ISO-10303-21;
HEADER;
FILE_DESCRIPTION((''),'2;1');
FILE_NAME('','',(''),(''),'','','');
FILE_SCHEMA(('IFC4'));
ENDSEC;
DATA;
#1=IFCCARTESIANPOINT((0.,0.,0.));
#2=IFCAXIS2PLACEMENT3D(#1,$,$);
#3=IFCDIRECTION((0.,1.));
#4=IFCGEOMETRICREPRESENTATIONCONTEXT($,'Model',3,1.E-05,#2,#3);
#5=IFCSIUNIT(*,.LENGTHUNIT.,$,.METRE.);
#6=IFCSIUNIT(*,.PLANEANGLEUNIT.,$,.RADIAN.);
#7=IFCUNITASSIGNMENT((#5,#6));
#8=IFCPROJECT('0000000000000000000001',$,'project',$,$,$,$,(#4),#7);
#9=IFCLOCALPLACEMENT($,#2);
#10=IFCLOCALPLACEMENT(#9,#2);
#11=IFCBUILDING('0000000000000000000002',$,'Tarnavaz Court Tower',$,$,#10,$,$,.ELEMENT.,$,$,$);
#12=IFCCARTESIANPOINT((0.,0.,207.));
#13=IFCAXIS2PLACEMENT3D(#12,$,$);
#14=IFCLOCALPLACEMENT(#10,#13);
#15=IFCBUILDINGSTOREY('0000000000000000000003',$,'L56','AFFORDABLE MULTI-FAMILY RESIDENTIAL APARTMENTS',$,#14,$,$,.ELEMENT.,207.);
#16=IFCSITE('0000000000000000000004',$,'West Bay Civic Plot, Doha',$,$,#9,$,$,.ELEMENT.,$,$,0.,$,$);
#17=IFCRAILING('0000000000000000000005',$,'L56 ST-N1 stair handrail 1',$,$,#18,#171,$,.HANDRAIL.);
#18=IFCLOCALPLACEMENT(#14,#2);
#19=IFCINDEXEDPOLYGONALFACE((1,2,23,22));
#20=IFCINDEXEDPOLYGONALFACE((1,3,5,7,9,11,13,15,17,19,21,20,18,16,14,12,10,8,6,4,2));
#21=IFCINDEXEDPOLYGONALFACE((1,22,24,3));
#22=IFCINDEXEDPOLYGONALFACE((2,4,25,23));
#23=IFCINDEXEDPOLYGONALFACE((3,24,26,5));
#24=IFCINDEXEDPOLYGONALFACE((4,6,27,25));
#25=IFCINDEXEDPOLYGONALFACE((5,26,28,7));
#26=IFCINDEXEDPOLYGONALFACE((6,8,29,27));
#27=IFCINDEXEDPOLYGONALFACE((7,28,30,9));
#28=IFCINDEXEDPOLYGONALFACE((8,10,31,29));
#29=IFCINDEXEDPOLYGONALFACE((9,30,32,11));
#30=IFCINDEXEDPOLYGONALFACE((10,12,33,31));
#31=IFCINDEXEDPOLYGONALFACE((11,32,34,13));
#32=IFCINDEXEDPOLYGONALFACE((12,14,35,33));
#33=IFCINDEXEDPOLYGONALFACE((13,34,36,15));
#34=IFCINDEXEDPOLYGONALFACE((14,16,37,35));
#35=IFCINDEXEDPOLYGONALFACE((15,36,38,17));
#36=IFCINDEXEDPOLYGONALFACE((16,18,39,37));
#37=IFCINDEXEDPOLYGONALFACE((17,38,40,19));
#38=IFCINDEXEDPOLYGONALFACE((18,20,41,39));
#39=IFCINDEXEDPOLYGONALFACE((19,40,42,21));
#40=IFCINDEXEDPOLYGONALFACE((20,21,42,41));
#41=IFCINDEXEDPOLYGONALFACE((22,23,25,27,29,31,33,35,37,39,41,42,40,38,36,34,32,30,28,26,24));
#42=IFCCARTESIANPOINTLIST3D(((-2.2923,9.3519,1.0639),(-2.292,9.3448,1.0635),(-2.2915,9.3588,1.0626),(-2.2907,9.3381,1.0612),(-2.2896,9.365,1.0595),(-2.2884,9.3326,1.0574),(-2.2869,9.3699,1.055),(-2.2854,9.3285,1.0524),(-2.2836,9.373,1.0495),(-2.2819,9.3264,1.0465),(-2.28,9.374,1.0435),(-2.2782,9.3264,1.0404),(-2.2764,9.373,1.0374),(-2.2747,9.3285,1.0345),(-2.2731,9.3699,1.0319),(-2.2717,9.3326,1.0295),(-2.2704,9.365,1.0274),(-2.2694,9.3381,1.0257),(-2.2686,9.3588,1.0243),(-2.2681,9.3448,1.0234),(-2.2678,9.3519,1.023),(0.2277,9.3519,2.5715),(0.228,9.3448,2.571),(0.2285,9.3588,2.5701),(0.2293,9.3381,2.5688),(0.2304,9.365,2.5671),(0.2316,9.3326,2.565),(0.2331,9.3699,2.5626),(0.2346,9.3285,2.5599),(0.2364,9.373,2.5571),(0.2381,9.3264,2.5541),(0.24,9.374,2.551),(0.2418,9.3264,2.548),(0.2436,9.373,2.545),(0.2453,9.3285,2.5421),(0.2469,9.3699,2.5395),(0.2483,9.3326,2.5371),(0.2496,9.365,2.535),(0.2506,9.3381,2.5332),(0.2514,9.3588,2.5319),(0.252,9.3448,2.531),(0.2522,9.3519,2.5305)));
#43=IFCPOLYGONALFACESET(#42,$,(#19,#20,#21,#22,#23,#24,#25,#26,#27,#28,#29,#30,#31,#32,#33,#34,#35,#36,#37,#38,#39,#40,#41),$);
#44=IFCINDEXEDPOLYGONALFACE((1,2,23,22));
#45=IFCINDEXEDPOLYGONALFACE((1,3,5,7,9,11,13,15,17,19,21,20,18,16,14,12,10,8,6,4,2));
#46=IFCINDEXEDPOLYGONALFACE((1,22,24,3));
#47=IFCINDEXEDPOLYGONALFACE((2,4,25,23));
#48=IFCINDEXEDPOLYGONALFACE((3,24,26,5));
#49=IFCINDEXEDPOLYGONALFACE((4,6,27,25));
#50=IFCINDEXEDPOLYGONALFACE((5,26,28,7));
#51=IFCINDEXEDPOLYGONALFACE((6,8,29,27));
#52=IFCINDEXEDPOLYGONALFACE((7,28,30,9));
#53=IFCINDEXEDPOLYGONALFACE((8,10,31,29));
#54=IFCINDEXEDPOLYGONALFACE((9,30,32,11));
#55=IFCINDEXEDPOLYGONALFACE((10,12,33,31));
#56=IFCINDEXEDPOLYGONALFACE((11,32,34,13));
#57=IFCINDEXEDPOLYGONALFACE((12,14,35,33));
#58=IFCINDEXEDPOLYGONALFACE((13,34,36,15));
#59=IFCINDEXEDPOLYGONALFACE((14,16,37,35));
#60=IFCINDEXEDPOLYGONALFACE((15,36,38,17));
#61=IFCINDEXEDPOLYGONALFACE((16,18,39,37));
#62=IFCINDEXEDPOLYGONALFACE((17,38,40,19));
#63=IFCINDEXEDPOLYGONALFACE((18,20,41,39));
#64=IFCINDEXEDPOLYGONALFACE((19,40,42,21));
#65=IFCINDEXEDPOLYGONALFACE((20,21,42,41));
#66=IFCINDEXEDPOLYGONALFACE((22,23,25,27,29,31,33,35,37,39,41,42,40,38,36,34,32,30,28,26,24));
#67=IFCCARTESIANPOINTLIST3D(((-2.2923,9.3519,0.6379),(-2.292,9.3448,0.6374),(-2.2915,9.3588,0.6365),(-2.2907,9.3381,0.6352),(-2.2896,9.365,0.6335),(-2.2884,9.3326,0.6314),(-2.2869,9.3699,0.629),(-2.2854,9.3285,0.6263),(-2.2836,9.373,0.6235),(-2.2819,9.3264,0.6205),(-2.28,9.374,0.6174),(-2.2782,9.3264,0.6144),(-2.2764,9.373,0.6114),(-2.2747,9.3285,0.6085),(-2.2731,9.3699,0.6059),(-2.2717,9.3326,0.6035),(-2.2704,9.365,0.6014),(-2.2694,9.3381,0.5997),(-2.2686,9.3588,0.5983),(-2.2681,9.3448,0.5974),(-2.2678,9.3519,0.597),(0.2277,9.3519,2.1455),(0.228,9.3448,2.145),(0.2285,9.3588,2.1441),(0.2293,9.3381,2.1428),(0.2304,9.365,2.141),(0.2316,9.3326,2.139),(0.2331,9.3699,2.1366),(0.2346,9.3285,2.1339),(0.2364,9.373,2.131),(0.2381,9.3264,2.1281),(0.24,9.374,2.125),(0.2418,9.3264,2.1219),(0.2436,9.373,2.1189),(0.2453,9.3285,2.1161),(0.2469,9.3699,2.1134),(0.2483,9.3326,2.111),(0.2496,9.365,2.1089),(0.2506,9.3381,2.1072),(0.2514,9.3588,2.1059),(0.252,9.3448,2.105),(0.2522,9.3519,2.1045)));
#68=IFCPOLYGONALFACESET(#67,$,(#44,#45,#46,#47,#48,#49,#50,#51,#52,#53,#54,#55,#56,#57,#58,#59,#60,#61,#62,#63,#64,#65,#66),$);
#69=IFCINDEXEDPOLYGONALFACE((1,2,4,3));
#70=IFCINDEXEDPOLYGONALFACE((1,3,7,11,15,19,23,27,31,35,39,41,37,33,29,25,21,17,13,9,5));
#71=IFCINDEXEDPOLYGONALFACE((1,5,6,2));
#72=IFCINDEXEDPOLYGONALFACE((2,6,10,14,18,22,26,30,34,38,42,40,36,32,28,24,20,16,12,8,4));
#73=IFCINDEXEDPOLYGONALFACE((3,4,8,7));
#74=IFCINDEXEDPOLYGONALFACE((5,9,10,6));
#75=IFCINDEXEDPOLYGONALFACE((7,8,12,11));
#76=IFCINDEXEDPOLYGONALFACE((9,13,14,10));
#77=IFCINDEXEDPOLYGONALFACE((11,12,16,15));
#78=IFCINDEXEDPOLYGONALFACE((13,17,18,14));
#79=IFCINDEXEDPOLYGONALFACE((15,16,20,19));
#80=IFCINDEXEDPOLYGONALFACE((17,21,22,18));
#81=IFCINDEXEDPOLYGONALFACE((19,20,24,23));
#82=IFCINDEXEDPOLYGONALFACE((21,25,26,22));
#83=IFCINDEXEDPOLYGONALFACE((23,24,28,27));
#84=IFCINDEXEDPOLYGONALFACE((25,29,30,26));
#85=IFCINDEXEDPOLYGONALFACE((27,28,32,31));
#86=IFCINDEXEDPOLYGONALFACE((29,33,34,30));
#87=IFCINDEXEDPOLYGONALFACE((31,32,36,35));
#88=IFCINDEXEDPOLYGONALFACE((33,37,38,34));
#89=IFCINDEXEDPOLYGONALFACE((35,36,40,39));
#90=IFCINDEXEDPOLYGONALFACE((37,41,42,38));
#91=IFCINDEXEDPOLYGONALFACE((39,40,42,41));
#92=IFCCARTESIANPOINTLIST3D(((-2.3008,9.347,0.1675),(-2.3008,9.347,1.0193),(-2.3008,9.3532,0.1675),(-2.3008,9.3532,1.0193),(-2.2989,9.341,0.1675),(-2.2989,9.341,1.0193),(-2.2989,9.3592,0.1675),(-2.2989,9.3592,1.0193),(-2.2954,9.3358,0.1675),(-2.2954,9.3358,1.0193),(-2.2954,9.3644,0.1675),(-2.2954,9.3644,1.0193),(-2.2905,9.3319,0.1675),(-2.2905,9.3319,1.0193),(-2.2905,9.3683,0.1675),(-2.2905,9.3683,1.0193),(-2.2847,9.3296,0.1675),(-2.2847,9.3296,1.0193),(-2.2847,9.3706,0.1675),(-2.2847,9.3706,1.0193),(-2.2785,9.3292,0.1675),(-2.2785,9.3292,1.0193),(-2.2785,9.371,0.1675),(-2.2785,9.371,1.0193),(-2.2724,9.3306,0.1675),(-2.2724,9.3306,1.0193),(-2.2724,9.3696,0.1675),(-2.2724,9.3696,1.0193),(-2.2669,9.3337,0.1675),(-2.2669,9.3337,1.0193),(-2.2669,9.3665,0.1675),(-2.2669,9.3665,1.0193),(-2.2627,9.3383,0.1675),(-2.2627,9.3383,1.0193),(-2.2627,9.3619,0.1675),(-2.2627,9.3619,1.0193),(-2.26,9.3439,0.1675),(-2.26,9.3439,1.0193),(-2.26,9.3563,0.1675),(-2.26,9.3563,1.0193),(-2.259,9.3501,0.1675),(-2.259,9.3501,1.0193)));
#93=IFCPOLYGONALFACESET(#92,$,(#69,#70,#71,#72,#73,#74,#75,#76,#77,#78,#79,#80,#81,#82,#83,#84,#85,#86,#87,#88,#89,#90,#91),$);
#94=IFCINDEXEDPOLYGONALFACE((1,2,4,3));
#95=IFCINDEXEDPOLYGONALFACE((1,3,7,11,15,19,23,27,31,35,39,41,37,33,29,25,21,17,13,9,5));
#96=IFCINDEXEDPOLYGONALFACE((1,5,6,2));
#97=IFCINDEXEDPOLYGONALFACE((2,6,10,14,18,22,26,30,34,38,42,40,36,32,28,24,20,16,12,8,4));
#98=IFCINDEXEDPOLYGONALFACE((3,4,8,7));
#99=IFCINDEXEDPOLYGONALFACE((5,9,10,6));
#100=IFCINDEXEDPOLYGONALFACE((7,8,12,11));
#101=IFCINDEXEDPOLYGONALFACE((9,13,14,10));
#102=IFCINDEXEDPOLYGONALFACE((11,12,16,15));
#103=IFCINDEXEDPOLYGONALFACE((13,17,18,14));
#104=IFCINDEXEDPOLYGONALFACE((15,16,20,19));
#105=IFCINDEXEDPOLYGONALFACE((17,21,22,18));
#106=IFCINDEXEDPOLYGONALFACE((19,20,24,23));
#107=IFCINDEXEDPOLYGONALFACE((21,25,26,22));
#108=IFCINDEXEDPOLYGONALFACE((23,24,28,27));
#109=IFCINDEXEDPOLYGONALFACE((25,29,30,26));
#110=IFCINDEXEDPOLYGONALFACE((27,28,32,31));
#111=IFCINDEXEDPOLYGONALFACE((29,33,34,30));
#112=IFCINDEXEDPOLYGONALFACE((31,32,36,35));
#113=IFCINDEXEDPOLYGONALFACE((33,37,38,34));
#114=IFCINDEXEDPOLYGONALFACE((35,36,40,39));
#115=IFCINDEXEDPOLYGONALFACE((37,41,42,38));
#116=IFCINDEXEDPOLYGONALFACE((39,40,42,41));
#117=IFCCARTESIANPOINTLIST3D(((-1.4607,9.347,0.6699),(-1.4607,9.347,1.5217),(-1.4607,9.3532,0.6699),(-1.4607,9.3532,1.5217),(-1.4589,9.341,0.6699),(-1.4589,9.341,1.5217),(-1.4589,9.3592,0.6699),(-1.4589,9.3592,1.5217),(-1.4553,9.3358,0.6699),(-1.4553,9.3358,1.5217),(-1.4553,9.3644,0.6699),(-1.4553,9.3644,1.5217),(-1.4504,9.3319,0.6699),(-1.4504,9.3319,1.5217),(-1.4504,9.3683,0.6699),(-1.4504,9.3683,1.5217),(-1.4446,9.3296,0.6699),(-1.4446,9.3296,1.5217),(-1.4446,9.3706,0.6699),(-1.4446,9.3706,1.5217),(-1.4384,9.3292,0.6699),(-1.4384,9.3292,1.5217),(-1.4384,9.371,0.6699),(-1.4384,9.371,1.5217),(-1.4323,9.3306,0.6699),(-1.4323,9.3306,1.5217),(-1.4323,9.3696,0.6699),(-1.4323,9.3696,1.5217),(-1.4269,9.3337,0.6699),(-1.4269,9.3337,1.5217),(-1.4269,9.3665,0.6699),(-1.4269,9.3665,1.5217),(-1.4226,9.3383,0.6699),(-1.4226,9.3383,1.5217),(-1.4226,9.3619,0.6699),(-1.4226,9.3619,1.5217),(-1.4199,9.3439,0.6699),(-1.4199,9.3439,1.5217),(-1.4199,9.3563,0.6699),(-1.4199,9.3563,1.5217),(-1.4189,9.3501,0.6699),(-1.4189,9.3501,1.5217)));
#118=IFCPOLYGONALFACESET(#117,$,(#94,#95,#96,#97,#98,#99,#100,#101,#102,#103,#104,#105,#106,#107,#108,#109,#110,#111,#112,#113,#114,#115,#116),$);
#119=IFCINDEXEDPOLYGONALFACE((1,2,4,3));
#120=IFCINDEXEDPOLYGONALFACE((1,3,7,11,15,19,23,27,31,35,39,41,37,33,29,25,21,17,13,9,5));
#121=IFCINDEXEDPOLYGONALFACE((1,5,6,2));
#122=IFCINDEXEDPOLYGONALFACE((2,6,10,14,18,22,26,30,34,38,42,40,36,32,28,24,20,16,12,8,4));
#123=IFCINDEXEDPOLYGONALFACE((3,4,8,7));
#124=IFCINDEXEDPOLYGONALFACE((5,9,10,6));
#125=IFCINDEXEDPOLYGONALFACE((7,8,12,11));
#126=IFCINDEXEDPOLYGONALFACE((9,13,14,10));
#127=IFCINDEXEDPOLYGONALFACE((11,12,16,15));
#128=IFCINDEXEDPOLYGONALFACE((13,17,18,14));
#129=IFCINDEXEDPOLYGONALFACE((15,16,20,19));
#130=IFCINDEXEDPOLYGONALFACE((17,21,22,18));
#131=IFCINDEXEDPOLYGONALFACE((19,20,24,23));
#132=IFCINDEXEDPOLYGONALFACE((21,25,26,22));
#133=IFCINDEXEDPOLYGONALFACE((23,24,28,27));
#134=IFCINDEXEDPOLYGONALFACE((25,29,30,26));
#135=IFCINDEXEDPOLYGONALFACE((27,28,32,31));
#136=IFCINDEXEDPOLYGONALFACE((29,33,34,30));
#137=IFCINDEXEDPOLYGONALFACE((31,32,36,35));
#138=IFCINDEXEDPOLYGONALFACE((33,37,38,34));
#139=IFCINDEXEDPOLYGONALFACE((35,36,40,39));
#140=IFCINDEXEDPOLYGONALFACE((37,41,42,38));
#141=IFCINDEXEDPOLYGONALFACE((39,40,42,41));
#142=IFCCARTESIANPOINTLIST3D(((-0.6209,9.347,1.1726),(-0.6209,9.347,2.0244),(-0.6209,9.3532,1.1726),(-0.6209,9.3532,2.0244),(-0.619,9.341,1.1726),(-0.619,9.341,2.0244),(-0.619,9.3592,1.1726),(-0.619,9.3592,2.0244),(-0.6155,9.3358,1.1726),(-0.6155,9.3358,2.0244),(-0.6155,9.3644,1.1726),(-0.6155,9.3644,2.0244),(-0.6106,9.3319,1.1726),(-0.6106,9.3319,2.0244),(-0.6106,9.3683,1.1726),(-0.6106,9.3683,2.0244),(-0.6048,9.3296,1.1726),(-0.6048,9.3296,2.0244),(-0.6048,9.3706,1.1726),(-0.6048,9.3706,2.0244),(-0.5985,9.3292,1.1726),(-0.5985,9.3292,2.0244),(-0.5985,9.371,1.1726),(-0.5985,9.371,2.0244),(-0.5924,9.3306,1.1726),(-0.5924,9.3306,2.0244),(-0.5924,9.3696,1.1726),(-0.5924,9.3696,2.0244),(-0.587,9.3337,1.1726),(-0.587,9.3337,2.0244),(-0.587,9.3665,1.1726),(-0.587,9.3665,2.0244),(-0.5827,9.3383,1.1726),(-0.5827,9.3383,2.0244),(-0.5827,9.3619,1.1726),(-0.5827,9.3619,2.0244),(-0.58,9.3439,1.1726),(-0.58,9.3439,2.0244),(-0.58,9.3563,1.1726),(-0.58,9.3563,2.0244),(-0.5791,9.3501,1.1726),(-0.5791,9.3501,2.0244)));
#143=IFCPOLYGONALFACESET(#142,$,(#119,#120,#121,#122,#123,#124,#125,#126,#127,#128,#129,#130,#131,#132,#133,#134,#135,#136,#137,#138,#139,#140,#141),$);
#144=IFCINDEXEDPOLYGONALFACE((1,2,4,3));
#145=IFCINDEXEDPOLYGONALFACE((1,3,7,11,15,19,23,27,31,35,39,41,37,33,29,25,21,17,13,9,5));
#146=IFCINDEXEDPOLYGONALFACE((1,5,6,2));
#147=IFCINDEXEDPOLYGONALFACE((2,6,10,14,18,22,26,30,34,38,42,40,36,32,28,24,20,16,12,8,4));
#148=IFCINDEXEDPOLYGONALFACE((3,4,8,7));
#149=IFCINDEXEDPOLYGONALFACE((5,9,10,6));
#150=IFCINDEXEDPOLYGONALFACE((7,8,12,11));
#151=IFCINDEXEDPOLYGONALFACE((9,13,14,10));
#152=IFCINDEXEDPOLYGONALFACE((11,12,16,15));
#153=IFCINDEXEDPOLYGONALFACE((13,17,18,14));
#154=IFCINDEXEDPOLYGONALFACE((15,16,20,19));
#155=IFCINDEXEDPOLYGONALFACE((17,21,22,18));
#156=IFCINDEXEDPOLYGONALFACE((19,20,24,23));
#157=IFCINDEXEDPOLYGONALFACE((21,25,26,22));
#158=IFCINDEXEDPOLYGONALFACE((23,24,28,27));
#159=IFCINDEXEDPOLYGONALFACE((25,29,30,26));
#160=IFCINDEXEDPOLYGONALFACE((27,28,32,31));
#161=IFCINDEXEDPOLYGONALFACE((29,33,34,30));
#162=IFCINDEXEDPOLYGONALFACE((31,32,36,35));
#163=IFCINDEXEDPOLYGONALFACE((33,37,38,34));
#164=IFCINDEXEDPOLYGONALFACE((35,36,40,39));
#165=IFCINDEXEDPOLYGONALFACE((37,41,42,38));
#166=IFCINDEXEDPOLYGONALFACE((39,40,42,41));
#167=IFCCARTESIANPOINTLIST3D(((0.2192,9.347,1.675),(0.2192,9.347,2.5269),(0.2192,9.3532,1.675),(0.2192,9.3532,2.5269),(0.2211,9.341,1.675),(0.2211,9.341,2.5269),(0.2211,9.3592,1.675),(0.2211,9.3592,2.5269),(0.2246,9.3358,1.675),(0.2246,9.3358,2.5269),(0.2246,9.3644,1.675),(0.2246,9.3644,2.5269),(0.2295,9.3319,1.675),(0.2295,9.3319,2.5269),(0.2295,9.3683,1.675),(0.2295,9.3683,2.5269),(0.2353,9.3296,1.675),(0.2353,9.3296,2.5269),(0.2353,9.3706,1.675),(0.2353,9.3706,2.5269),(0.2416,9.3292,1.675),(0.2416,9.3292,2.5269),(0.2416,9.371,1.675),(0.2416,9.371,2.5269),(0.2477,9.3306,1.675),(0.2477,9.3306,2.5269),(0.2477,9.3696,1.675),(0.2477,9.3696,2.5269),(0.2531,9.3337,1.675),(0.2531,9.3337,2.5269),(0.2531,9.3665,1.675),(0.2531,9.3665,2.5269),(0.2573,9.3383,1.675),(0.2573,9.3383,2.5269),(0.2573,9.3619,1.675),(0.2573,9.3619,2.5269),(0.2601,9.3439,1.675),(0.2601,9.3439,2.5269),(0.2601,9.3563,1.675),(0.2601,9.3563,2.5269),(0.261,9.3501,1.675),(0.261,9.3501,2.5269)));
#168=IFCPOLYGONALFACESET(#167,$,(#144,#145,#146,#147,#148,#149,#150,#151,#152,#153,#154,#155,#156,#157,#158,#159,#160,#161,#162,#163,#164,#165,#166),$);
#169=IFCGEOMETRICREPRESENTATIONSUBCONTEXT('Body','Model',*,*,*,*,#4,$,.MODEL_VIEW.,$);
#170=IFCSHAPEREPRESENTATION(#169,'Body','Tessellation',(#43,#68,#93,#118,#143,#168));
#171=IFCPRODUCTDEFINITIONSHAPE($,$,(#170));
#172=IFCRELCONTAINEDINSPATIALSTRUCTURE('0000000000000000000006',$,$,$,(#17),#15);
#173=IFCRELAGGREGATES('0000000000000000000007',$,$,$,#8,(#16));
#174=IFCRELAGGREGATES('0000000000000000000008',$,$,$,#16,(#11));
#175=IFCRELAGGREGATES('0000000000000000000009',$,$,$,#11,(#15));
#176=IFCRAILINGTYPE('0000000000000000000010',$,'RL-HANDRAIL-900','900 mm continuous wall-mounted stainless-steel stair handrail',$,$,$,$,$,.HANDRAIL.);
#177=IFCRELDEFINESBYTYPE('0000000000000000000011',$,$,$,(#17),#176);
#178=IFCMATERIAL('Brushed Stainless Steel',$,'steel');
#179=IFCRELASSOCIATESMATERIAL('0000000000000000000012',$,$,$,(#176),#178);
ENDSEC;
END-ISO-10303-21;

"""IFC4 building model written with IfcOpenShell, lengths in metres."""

from ifc_helpers import new_model, si_unit, direction, frame, origin, origin_2d, place, context, subcontext, project, spatial, circle, extrude, material, type_object, element, save


model = new_model("IFC4")

# Units and contexts
model_context = context("Model", 3, precision=1e-05, world=origin(), true_north=direction((0.0, 1.0)))
body_context = subcontext(model_context, "Body", "Model", "MODEL_VIEW")
ifc_project = project(units=[si_unit("LENGTHUNIT", "METRE"), si_unit("PLANEANGLEUNIT", "RADIAN")], contexts=[model_context])

# Site, building, storey
site_placement = place(None, origin())
site = spatial("IfcSite", under=ifc_project, at=site_placement, Name="West Bay Civic Plot, Doha", CompositionType="ELEMENT", RefElevation=0.0)
building_placement = place(site_placement, origin())
building = spatial("IfcBuilding", under=site, at=building_placement, Name="Tarnavaz Court Tower", CompositionType="ELEMENT")
storey_placement = place(building_placement, frame((0.0, 0.0, 207.0)))
storey = spatial("IfcBuildingStorey", under=building, at=storey_placement, Name="L56", Description="AFFORDABLE MULTI-FAMILY RESIDENTIAL APARTMENTS", CompositionType="ELEMENT", Elevation=207.0)

# Railing
ifc_material_1 = material(Name="Brushed Stainless Steel", Category="steel")
railing_type_1 = type_object("IfcRailingType", Name="RL-HANDRAIL-900", Description="900 mm continuous wall-mounted stainless-steel stair handrail", PredefinedType="HANDRAIL", material=ifc_material_1)
railing_1_placement = place(storey_placement, frame((-2.28, 9.3501, 0.1675)))
element("IfcRailing", 1, at=railing_1_placement, inside=storey, type_object=railing_type_1, Name="L56 ST-N1 stair handrail 1", PredefinedType="HANDRAIL", context=body_context, shape_type="SweptSolid", body=[
    extrude(circle(Radius=0.0239, at=origin_2d()), frame((0.0, 0.0, 0.876), z_axis=(0.85816, 0.0, 0.513383), x_axis=(0.0, 1.0, 0.0)), (0.0, 0.0, 1.0), 2.9365),
    extrude(circle(Radius=0.0239, at=origin_2d()), frame((0.0, 0.0, 0.45), z_axis=(0.85816, 0.0, 0.513383), x_axis=(0.0, 1.0, 0.0)), (0.0, 0.0, 1.0), 2.9365),
    extrude(circle(Radius=0.021, at=origin_2d()), origin(), (0.0, 0.0, 1.0), 0.8518),
    extrude(circle(Radius=0.021, at=origin_2d()), frame((0.8401, 0.0, 0.5024)), (0.0, 0.0, 1.0), 0.8518),
    extrude(circle(Radius=0.021, at=origin_2d()), frame((1.6799, 0.0, 1.0051)), (0.0, 0.0, 1.0), 0.8518),
    extrude(circle(Radius=0.021, at=origin_2d()), frame((2.52, 0.0, 1.5076)), (0.0, 0.0, 1.0), 0.8518),
])

save(model, "model.ifc")
